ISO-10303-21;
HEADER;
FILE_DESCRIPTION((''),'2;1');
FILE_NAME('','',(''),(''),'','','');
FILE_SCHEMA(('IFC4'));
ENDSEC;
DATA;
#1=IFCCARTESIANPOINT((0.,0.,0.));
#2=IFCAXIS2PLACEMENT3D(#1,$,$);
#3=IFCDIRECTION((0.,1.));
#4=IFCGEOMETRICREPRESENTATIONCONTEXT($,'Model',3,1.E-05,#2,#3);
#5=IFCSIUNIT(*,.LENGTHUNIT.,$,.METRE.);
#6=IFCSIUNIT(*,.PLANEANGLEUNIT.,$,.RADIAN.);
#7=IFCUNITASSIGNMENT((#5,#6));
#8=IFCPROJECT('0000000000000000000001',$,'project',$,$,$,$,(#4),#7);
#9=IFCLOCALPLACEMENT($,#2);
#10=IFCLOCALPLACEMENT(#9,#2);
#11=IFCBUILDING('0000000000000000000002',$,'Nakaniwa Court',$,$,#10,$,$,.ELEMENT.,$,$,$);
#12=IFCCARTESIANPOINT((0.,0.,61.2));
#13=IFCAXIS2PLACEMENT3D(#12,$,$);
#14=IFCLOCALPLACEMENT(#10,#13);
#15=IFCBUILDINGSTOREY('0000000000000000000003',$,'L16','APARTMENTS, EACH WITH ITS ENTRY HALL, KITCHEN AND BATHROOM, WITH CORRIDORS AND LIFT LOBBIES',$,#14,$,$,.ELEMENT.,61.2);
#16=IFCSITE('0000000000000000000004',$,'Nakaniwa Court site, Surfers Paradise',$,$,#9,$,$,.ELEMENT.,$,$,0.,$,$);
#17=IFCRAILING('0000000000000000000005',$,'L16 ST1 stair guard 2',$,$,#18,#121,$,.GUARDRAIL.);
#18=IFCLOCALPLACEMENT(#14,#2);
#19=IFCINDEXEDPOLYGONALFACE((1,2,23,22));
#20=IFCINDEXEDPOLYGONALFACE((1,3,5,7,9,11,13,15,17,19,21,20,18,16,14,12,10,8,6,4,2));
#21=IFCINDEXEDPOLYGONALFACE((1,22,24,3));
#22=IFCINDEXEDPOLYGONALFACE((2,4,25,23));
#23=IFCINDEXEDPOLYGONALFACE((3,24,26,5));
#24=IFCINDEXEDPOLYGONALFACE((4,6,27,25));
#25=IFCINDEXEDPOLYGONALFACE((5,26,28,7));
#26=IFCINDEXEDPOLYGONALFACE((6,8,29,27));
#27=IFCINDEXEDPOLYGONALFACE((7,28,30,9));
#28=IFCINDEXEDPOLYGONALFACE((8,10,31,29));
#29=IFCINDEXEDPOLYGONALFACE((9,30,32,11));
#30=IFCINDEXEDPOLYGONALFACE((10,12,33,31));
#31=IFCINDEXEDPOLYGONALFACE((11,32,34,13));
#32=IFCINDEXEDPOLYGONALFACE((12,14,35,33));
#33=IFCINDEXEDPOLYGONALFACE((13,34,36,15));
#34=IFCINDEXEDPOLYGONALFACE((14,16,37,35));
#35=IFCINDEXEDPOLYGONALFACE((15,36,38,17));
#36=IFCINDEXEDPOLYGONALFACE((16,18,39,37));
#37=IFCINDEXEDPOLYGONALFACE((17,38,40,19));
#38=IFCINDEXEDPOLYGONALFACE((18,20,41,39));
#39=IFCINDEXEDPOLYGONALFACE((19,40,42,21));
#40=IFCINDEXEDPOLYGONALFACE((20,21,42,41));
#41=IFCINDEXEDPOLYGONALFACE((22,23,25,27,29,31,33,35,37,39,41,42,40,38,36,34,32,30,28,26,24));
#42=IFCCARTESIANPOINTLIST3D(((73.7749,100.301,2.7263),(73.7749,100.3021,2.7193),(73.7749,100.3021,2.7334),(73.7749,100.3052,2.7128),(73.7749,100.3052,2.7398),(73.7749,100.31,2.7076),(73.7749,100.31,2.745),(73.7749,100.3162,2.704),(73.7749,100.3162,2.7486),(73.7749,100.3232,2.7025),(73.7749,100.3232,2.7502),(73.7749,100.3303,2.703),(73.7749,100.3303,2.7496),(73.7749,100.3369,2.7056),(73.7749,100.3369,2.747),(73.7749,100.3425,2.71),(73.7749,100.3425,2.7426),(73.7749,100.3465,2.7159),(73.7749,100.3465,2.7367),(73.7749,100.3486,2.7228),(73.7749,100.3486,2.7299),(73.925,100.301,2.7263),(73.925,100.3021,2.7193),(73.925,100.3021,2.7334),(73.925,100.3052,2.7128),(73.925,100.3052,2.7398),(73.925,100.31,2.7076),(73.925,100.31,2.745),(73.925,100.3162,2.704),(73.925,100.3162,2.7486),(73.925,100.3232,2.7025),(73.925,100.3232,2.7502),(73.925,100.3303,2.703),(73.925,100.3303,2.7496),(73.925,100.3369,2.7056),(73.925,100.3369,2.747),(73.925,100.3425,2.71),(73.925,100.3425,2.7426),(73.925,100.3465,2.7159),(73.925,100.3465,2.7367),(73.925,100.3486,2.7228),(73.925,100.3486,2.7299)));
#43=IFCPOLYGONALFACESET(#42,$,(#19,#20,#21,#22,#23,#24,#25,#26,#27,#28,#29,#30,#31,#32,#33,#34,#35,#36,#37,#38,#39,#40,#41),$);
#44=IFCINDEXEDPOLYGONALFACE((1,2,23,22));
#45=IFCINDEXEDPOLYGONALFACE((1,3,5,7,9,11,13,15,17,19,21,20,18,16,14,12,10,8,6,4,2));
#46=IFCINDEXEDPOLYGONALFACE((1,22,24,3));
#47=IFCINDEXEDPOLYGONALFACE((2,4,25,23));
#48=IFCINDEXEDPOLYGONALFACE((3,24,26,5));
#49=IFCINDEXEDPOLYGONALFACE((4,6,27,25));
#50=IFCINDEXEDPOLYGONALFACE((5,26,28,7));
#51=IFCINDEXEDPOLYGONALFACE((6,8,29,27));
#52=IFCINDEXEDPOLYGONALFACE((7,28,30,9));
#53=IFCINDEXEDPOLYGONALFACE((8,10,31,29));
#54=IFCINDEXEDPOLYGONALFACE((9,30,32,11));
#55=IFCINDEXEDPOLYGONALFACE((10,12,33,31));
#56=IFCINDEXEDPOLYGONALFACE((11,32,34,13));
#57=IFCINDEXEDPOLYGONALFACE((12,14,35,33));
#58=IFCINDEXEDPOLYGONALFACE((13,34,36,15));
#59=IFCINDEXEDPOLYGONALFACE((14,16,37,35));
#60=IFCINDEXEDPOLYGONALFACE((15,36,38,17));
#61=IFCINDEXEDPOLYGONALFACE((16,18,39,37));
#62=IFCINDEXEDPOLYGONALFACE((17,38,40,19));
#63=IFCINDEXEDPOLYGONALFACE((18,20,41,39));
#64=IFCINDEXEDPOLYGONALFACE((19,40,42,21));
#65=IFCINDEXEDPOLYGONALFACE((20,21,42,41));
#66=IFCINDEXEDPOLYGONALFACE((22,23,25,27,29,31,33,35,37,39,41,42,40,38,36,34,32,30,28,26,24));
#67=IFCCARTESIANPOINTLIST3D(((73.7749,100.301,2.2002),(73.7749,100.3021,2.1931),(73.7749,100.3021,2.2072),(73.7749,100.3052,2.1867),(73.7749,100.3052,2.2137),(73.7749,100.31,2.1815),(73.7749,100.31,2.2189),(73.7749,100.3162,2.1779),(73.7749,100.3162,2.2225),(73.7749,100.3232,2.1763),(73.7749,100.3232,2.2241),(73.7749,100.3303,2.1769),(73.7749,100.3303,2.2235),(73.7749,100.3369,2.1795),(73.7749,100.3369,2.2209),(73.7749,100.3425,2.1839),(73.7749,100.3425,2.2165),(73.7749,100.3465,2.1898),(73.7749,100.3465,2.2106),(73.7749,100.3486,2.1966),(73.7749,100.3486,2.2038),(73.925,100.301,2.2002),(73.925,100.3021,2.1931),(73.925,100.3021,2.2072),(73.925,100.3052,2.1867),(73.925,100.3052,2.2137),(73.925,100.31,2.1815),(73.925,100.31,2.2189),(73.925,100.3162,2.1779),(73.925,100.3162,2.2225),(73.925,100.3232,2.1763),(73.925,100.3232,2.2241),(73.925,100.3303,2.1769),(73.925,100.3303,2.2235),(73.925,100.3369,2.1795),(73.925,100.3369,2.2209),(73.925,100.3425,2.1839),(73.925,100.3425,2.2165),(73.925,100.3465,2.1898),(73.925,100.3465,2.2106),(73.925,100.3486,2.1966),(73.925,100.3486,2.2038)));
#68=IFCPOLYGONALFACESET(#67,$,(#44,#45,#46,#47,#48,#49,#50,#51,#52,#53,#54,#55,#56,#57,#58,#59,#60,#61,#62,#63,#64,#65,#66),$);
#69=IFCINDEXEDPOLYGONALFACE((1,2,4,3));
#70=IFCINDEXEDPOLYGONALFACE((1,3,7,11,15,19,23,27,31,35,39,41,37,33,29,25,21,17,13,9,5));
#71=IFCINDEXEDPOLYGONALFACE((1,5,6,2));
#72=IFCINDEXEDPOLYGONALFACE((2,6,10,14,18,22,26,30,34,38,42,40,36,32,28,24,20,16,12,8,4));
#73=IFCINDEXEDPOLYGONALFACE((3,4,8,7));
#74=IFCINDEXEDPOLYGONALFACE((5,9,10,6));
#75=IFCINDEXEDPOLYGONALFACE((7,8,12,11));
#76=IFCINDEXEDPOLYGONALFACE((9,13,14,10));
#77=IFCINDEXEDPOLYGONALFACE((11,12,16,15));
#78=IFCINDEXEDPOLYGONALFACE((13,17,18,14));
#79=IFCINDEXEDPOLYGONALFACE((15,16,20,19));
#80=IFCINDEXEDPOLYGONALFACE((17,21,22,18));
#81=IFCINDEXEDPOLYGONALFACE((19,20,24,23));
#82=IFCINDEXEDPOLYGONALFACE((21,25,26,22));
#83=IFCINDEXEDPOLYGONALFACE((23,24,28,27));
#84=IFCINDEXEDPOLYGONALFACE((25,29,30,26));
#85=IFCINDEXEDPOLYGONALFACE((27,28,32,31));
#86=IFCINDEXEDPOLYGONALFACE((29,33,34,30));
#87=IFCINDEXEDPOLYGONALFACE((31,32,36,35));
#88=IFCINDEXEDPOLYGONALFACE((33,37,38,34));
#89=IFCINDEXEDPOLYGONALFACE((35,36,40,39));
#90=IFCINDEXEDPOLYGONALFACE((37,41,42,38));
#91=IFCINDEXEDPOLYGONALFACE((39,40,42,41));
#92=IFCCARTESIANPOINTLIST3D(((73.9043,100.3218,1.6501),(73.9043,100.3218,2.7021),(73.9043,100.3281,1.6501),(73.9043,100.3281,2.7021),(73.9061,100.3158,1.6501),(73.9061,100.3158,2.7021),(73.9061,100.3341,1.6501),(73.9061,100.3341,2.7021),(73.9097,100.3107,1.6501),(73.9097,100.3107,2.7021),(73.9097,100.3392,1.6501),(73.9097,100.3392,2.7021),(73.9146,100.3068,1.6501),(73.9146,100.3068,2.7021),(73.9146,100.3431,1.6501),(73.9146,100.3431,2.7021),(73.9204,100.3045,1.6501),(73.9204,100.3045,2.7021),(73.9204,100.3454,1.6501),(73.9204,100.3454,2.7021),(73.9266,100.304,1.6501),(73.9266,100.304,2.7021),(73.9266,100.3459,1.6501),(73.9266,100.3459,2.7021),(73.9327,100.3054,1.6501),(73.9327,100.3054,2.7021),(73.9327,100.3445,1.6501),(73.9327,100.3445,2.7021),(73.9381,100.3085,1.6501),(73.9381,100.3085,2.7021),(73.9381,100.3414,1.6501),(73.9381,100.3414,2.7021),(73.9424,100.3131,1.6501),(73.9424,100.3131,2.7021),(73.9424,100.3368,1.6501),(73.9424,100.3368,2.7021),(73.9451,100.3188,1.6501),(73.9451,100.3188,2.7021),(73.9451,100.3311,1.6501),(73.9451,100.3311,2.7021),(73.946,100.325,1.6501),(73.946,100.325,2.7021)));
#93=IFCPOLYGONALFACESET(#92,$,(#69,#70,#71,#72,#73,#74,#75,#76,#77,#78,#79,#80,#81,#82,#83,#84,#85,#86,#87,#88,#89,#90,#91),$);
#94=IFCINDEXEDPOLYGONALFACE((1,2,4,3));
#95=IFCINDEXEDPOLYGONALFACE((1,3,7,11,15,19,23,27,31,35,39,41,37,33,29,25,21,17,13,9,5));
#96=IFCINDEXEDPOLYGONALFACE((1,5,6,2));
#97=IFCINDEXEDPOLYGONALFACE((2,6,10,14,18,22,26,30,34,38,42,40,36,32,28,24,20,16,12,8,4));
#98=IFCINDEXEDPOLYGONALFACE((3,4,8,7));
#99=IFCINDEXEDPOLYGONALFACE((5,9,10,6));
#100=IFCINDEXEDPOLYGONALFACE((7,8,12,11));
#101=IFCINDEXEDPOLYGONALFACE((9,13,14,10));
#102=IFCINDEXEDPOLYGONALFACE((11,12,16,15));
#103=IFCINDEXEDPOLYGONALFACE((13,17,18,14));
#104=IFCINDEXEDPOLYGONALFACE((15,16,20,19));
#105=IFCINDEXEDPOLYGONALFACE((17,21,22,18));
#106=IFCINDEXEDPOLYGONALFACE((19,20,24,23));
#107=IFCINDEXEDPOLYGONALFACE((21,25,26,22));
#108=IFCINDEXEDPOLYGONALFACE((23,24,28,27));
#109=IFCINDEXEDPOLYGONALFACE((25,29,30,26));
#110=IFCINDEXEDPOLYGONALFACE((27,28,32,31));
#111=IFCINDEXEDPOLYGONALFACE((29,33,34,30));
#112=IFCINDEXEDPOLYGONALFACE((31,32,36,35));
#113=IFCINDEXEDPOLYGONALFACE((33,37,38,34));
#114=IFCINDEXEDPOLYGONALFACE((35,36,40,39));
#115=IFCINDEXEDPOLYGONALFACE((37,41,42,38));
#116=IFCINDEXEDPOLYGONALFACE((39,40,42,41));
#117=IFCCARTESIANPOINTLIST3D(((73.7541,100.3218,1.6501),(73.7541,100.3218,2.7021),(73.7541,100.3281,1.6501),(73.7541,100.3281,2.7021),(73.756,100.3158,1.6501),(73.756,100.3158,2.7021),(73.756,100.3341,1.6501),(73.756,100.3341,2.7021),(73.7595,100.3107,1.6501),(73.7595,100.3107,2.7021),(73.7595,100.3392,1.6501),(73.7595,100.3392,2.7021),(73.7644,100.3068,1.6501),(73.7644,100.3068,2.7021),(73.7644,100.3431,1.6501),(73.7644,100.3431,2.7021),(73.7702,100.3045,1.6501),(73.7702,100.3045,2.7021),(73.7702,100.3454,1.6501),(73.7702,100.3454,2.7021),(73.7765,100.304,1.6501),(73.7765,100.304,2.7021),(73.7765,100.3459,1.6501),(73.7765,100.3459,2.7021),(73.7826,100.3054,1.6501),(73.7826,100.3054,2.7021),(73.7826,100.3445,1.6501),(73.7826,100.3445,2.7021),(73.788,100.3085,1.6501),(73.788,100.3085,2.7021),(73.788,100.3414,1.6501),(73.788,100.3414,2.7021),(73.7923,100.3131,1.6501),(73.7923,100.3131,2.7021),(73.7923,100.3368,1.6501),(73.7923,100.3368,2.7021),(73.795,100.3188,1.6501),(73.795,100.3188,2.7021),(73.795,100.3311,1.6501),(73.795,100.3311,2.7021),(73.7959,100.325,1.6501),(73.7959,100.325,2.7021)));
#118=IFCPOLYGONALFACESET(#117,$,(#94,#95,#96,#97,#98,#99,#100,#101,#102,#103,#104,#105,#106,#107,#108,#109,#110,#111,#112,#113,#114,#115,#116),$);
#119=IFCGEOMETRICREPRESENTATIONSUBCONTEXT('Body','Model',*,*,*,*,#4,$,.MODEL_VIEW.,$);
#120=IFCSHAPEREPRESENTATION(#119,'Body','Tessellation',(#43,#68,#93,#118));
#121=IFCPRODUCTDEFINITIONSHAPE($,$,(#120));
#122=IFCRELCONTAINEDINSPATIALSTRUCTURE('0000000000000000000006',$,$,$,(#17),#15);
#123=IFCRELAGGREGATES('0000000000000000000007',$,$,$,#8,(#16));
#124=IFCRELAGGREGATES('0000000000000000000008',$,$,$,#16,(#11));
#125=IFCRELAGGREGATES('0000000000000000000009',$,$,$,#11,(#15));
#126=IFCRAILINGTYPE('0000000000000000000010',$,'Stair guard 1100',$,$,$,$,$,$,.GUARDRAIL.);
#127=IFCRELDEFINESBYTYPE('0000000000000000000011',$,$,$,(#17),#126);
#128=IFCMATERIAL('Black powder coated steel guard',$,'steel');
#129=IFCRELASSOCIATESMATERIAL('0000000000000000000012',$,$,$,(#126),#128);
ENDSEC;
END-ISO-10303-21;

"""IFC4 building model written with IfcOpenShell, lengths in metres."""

from ifc_helpers import new_model, si_unit, direction, frame, origin, origin_2d, place, context, subcontext, project, spatial, circle, extrude, material, type_object, element, save


model = new_model("IFC4")

# Units and contexts
model_context = context("Model", 3, precision=1e-05, world=origin(), true_north=direction((0.0, 1.0)))
body_context = subcontext(model_context, "Body", "Model", "MODEL_VIEW")
ifc_project = project(units=[si_unit("LENGTHUNIT", "METRE"), si_unit("PLANEANGLEUNIT", "RADIAN")], contexts=[model_context])

# Site, building, storey
site_placement = place(None, origin())
site = spatial("IfcSite", under=ifc_project, at=site_placement, Name="Nakaniwa Court site, Surfers Paradise", CompositionType="ELEMENT", RefElevation=0.0)
building_placement = place(site_placement, origin())
building = spatial("IfcBuilding", under=site, at=building_placement, Name="Nakaniwa Court", CompositionType="ELEMENT")
storey_placement = place(building_placement, frame((0.0, 0.0, 61.2)))
storey = spatial("IfcBuildingStorey", under=building, at=storey_placement, Name="L16", Description="APARTMENTS, EACH WITH ITS ENTRY HALL, KITCHEN AND BATHROOM, WITH CORRIDORS AND LIFT LOBBIES", CompositionType="ELEMENT", Elevation=61.2)

# Railing
ifc_material_1 = material(Name="Black powder coated steel guard", Category="steel")
railing_type_1 = type_object("IfcRailingType", Name="Stair guard 1100", PredefinedType="GUARDRAIL", material=ifc_material_1)
railing_1_placement = place(storey_placement, frame((73.925, 100.325, 1.6501)))
element("IfcRailing", 1, at=railing_1_placement, inside=storey, type_object=railing_type_1, Name="L16 ST1 stair guard 2", PredefinedType="GUARDRAIL", context=body_context, shape_type="SweptSolid", body=[
    extrude(circle(Radius=0.0239, at=origin_2d()), frame((0.0, 0.0, 1.0762), z_axis=(-1.0, 0.0, 0.0), x_axis=(0.0, -1.0, 0.0)), (0.0, 0.0, 1.0), 0.1501),
    extrude(circle(Radius=0.0239, at=origin_2d()), frame((0.0, 0.0, 0.55), z_axis=(-1.0, 0.0, 0.0), x_axis=(0.0, -1.0, 0.0)), (0.0, 0.0, 1.0), 0.1501),
    extrude(circle(Radius=0.021, at=origin_2d()), origin(), (0.0, 0.0, 1.0), 1.052),
    extrude(circle(Radius=0.021, at=origin_2d()), frame((-0.1501, 0.0, 0.0)), (0.0, 0.0, 1.0), 1.052),
])

save(model, "model.ifc")
